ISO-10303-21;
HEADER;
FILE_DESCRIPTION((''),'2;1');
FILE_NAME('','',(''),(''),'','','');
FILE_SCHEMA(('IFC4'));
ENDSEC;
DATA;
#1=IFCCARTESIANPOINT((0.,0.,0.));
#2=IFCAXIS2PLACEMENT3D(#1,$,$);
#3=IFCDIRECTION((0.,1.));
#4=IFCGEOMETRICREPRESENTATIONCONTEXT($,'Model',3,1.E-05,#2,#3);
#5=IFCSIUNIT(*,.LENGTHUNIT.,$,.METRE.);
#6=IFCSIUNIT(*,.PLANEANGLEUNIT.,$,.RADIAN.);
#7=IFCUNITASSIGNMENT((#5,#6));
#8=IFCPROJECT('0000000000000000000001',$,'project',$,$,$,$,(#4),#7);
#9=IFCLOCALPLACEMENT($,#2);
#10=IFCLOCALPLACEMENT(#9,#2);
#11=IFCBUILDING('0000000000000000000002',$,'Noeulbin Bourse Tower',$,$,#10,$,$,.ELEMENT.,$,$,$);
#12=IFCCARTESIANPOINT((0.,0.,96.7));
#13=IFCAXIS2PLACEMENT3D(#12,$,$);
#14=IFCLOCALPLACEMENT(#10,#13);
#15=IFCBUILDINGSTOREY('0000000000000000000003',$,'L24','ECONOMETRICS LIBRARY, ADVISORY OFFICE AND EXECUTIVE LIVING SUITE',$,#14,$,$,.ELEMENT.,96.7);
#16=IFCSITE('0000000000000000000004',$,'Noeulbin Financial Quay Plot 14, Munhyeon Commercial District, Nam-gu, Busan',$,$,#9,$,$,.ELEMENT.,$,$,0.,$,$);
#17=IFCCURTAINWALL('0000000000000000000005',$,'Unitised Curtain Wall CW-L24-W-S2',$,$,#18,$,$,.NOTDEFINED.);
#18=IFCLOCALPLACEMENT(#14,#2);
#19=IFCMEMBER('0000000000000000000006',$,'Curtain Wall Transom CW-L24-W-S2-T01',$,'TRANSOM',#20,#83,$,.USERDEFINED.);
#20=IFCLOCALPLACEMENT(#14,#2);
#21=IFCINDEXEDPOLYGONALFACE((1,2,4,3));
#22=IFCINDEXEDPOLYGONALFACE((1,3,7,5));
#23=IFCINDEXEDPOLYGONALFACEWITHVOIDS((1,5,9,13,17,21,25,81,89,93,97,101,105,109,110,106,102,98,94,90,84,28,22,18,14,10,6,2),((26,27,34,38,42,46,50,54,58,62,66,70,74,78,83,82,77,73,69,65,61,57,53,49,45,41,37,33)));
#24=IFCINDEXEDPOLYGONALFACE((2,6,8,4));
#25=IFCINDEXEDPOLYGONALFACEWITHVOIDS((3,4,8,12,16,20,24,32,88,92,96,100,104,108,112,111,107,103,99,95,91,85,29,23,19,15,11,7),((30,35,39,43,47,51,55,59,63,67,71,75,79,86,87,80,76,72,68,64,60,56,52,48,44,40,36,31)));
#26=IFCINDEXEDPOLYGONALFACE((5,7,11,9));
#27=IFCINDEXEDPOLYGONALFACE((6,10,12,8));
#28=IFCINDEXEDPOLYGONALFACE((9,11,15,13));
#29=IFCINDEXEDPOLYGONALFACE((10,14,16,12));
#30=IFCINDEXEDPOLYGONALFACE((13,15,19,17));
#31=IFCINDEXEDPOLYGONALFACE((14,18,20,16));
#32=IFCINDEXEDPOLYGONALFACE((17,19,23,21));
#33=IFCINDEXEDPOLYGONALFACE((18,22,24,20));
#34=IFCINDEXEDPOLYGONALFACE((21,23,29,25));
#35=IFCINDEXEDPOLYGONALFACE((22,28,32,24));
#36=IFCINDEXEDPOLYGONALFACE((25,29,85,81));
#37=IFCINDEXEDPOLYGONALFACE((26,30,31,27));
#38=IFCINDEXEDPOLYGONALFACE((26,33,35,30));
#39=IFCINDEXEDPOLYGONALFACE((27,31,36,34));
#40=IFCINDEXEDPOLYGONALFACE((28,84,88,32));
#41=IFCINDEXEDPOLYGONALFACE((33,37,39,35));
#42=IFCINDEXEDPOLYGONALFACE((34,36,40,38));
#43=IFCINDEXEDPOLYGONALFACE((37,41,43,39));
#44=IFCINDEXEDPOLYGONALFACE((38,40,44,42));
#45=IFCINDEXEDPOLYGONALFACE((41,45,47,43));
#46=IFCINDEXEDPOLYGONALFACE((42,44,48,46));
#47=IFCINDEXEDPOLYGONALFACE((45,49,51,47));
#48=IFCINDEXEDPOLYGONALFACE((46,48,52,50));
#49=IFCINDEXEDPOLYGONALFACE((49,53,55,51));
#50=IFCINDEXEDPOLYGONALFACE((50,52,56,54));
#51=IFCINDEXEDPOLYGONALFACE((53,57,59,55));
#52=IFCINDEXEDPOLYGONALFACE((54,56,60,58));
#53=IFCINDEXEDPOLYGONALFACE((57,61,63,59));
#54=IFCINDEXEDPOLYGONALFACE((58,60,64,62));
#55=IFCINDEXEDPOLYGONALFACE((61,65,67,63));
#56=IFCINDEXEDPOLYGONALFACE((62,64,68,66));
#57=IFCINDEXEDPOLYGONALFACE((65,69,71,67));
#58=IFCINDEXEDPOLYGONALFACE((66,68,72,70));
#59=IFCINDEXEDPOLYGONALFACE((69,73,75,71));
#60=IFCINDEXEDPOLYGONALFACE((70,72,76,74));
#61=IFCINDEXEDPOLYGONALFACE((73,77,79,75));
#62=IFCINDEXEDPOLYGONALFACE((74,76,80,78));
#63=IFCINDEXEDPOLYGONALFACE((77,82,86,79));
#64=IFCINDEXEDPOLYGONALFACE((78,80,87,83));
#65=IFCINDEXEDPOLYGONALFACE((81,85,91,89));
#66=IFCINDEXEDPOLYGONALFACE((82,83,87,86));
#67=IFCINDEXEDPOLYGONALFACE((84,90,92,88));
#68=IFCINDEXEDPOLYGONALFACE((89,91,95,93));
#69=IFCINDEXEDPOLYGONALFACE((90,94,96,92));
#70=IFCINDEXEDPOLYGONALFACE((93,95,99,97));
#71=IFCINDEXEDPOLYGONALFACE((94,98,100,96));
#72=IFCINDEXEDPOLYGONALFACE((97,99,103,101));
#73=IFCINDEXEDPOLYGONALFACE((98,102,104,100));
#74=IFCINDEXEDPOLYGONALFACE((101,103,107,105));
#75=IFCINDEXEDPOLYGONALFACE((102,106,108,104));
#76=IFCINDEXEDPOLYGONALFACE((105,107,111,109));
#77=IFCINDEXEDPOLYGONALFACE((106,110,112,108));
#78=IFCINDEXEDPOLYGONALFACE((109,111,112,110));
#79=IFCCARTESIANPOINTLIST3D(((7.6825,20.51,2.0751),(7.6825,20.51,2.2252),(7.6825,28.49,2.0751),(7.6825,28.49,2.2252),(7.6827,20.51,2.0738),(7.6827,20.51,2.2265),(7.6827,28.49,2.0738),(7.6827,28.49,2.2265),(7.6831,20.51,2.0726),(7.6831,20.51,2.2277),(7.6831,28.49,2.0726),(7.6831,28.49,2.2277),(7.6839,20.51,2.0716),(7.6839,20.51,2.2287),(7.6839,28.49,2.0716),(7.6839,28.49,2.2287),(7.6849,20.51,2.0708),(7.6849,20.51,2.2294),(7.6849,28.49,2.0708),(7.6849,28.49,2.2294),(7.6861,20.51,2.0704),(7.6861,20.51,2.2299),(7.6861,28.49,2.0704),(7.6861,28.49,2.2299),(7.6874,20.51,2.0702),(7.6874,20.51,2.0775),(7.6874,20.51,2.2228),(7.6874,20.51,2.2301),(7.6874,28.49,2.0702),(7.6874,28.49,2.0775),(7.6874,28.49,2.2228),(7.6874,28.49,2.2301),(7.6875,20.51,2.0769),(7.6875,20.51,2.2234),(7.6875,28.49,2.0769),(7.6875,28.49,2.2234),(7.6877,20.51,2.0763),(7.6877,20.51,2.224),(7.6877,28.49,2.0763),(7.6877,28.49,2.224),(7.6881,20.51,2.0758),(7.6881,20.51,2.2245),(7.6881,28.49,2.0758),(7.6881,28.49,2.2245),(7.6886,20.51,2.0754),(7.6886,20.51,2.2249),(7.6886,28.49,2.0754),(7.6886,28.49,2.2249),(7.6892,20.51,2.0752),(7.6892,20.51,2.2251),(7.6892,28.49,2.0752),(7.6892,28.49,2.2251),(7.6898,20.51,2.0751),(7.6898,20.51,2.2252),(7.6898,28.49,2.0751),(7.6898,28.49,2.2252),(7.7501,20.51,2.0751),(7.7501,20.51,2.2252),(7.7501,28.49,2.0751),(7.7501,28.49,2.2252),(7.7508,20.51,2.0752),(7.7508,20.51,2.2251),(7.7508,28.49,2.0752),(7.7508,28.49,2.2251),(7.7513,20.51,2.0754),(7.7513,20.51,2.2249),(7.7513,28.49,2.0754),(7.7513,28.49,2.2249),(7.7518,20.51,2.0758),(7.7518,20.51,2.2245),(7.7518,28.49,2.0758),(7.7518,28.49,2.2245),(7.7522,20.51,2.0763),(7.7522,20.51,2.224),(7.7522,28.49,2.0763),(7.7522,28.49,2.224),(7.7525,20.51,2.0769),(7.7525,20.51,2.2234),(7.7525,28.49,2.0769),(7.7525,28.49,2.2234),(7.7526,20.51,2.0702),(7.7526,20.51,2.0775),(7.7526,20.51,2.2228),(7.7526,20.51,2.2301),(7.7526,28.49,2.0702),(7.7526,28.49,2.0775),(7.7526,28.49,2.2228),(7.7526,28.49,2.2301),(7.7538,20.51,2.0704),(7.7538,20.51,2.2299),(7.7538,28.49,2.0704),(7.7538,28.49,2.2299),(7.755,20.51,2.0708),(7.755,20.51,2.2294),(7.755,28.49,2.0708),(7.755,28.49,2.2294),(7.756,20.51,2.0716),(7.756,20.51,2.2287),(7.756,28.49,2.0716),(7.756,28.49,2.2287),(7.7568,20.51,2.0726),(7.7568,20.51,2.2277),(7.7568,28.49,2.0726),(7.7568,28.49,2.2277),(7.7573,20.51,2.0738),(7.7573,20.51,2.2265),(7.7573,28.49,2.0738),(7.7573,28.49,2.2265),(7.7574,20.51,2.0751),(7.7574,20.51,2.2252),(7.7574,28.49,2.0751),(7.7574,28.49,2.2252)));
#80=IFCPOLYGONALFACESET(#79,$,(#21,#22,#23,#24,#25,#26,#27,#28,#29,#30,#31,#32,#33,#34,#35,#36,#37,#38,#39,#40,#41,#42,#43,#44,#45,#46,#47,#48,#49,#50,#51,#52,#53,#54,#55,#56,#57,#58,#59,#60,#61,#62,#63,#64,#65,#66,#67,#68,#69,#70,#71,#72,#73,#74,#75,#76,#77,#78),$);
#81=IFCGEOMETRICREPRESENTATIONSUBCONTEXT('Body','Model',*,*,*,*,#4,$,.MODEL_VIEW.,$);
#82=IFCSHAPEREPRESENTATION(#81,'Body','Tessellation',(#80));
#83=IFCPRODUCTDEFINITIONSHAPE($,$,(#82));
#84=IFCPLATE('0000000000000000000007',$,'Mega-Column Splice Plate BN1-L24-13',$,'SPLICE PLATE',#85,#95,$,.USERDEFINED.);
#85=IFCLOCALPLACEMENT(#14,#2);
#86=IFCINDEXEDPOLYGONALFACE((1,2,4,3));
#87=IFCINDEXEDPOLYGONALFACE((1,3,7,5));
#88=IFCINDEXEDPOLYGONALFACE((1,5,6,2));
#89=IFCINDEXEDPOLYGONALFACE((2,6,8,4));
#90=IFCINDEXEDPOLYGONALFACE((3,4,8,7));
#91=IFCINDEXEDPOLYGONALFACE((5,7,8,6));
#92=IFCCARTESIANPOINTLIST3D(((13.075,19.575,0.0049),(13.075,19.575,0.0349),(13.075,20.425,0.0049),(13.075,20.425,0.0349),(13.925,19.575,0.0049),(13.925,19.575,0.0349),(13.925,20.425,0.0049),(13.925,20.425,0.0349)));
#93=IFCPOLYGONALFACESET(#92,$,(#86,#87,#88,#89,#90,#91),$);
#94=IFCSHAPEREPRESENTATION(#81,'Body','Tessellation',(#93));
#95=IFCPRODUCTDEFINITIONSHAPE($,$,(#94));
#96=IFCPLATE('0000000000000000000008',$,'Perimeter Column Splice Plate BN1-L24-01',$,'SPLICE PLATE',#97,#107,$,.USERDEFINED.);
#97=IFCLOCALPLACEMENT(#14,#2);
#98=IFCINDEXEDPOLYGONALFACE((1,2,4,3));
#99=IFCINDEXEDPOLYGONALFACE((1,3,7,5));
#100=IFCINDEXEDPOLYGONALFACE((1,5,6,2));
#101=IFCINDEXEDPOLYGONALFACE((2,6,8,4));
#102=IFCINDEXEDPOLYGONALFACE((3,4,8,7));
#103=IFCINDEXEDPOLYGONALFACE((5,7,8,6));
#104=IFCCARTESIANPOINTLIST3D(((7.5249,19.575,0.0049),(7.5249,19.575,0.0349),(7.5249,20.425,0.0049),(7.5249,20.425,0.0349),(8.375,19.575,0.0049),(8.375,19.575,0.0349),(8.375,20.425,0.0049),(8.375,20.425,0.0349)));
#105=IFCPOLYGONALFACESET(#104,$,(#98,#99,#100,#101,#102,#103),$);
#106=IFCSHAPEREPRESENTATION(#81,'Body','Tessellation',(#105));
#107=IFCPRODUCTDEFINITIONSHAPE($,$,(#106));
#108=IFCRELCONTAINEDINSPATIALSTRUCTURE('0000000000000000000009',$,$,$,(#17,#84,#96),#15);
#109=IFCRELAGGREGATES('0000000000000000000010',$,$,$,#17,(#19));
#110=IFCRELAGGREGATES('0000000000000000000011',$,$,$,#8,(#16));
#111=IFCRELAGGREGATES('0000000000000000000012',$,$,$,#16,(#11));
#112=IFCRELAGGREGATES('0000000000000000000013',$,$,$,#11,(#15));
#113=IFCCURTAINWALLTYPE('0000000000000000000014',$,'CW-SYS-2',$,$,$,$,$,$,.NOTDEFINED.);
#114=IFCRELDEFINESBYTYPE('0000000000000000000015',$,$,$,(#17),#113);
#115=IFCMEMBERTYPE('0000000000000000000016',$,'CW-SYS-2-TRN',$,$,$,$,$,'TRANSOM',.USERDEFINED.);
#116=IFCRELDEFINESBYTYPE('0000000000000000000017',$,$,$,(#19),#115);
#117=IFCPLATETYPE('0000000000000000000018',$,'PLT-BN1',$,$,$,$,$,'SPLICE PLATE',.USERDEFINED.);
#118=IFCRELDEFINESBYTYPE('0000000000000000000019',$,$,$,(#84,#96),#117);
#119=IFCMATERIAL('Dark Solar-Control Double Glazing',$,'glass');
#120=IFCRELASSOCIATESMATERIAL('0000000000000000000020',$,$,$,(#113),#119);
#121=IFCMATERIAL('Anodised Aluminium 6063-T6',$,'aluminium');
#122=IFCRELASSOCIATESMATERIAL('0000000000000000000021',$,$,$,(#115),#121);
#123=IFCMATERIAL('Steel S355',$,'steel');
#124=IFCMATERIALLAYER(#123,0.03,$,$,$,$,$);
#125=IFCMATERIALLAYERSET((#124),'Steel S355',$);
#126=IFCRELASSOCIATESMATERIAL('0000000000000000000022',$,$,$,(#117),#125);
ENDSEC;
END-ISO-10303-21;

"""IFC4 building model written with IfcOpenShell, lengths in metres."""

from ifc_helpers import new_model, si_unit, direction, frame, origin, origin_2d, place, context, subcontext, project, spatial, rectangle, hollow_rectangle, extrude, material, layer, layer_set, material_profile, profile_set, type_object, element, aggregate, save


model = new_model("IFC4")

# Units and contexts
model_context = context("Model", 3, precision=1e-05, world=origin(), true_north=direction((0.0, 1.0)))
body_context = subcontext(model_context, "Body", "Model", "MODEL_VIEW")
ifc_project = project(units=[si_unit("LENGTHUNIT", "METRE"), si_unit("PLANEANGLEUNIT", "RADIAN")], contexts=[model_context])

# Site, building, storey
site_placement = place(None, origin())
site = spatial("IfcSite", under=ifc_project, at=site_placement, Name="Noeulbin Financial Quay Plot 14, Munhyeon Commercial District, Nam-gu, Busan", CompositionType="ELEMENT", RefElevation=0.0)
building_placement = place(site_placement, origin())
building = spatial("IfcBuilding", under=site, at=building_placement, Name="Noeulbin Bourse Tower", CompositionType="ELEMENT")
storey_placement = place(building_placement, frame((0.0, 0.0, 96.7)))
storey = spatial("IfcBuildingStorey", under=building, at=storey_placement, Name="L24", Description="ECONOMETRICS LIBRARY, ADVISORY OFFICE AND EXECUTIVE LIVING SUITE", CompositionType="ELEMENT", Elevation=96.7)

# Shared definitions
ifc_material_1 = material(Name="Steel S355", Category="steel")

# Curtain wall, member
ifc_material_2 = material(Name="Dark Solar-Control Double Glazing", Category="glass")
curtain_wall_type = type_object("IfcCurtainWallType", Name="CW-SYS-2", PredefinedType="NOTDEFINED", material=ifc_material_2)
curtain_wall_placement = place(storey_placement, origin())
curtain_wall = element("IfcCurtainWall", 1, at=curtain_wall_placement, inside=storey, type_object=curtain_wall_type, Name="Unitised Curtain Wall CW-L24-W-S2", PredefinedType="NOTDEFINED")
ifc_material_3 = material(Name="Anodised Aluminium 6063-T6", Category="aluminium")
ifc_material_profile_1 = material_profile(ifc_material_3, hollow_rectangle(XDim=0.075, YDim=0.1599, WallThickness=0.0049, InnerFilletRadius=0.0024, OuterFilletRadius=0.0049, at=origin_2d()), Name="ALU-TRAN-75x160x5", Category="LoadBearing")
ifc_profile_set_1 = profile_set([ifc_material_profile_1], Name="Anodised Aluminium 6063-T6")
member_type_1 = type_object("IfcMemberType", Name="CW-SYS-2-TRN", ElementType="TRANSOM", PredefinedType="USERDEFINED", material=ifc_profile_set_1)
member_1_placement = place(storey_placement, frame((7.72, 20.51, 2.1501), z_axis=(0.0, 1.0, 0.0), x_axis=(-1.0, 0.0, 0.0)))
member_1 = element("IfcMember", 2, at=member_1_placement, type_object=member_type_1, Name="Curtain Wall Transom CW-L24-W-S2-T01", ObjectType="TRANSOM", PredefinedType="USERDEFINED", context=body_context, shape_type="SweptSolid", body=[
    extrude(hollow_rectangle(XDim=0.075, YDim=0.1599, WallThickness=0.0049, InnerFilletRadius=0.0024, OuterFilletRadius=0.0049, at=origin_2d()), origin(), (0.0, 0.0, 1.0), 7.98),
])
aggregate(curtain_wall, [member_1])

# Plates
ifc_layer = layer(ifc_material_1, 0.03)
ifc_layer_set = layer_set([ifc_layer], Name="Steel S355")
plate_type = type_object("IfcPlateType", Name="PLT-BN1", ElementType="SPLICE PLATE", PredefinedType="USERDEFINED", material=ifc_layer_set)
for number, where, z_axis, x_axis, name in (
    (3, (13.5, 20.0, 0.0049), (0.0, 0.0, 1.0), (1.0, 0.0, 0.0), "Mega-Column Splice Plate BN1-L24-13"),
    (4, (7.95, 20.0, 0.0049), (0.0, 0.0, 1.0), (1.0, 0.0, 0.0), "Perimeter Column Splice Plate BN1-L24-01"),
):
    element("IfcPlate", number, at=place(storey_placement, frame(where, z_axis=z_axis, x_axis=x_axis)), inside=storey, type_object=plate_type, Name=name, ObjectType="SPLICE PLATE", PredefinedType="USERDEFINED", context=body_context, shape_type="SweptSolid", body=[
        extrude(rectangle(XDim=0.8501, YDim=0.8501, at=origin_2d()), origin(), (0.0, 0.0, 1.0), 0.03),
    ])

save(model, "model.ifc")
